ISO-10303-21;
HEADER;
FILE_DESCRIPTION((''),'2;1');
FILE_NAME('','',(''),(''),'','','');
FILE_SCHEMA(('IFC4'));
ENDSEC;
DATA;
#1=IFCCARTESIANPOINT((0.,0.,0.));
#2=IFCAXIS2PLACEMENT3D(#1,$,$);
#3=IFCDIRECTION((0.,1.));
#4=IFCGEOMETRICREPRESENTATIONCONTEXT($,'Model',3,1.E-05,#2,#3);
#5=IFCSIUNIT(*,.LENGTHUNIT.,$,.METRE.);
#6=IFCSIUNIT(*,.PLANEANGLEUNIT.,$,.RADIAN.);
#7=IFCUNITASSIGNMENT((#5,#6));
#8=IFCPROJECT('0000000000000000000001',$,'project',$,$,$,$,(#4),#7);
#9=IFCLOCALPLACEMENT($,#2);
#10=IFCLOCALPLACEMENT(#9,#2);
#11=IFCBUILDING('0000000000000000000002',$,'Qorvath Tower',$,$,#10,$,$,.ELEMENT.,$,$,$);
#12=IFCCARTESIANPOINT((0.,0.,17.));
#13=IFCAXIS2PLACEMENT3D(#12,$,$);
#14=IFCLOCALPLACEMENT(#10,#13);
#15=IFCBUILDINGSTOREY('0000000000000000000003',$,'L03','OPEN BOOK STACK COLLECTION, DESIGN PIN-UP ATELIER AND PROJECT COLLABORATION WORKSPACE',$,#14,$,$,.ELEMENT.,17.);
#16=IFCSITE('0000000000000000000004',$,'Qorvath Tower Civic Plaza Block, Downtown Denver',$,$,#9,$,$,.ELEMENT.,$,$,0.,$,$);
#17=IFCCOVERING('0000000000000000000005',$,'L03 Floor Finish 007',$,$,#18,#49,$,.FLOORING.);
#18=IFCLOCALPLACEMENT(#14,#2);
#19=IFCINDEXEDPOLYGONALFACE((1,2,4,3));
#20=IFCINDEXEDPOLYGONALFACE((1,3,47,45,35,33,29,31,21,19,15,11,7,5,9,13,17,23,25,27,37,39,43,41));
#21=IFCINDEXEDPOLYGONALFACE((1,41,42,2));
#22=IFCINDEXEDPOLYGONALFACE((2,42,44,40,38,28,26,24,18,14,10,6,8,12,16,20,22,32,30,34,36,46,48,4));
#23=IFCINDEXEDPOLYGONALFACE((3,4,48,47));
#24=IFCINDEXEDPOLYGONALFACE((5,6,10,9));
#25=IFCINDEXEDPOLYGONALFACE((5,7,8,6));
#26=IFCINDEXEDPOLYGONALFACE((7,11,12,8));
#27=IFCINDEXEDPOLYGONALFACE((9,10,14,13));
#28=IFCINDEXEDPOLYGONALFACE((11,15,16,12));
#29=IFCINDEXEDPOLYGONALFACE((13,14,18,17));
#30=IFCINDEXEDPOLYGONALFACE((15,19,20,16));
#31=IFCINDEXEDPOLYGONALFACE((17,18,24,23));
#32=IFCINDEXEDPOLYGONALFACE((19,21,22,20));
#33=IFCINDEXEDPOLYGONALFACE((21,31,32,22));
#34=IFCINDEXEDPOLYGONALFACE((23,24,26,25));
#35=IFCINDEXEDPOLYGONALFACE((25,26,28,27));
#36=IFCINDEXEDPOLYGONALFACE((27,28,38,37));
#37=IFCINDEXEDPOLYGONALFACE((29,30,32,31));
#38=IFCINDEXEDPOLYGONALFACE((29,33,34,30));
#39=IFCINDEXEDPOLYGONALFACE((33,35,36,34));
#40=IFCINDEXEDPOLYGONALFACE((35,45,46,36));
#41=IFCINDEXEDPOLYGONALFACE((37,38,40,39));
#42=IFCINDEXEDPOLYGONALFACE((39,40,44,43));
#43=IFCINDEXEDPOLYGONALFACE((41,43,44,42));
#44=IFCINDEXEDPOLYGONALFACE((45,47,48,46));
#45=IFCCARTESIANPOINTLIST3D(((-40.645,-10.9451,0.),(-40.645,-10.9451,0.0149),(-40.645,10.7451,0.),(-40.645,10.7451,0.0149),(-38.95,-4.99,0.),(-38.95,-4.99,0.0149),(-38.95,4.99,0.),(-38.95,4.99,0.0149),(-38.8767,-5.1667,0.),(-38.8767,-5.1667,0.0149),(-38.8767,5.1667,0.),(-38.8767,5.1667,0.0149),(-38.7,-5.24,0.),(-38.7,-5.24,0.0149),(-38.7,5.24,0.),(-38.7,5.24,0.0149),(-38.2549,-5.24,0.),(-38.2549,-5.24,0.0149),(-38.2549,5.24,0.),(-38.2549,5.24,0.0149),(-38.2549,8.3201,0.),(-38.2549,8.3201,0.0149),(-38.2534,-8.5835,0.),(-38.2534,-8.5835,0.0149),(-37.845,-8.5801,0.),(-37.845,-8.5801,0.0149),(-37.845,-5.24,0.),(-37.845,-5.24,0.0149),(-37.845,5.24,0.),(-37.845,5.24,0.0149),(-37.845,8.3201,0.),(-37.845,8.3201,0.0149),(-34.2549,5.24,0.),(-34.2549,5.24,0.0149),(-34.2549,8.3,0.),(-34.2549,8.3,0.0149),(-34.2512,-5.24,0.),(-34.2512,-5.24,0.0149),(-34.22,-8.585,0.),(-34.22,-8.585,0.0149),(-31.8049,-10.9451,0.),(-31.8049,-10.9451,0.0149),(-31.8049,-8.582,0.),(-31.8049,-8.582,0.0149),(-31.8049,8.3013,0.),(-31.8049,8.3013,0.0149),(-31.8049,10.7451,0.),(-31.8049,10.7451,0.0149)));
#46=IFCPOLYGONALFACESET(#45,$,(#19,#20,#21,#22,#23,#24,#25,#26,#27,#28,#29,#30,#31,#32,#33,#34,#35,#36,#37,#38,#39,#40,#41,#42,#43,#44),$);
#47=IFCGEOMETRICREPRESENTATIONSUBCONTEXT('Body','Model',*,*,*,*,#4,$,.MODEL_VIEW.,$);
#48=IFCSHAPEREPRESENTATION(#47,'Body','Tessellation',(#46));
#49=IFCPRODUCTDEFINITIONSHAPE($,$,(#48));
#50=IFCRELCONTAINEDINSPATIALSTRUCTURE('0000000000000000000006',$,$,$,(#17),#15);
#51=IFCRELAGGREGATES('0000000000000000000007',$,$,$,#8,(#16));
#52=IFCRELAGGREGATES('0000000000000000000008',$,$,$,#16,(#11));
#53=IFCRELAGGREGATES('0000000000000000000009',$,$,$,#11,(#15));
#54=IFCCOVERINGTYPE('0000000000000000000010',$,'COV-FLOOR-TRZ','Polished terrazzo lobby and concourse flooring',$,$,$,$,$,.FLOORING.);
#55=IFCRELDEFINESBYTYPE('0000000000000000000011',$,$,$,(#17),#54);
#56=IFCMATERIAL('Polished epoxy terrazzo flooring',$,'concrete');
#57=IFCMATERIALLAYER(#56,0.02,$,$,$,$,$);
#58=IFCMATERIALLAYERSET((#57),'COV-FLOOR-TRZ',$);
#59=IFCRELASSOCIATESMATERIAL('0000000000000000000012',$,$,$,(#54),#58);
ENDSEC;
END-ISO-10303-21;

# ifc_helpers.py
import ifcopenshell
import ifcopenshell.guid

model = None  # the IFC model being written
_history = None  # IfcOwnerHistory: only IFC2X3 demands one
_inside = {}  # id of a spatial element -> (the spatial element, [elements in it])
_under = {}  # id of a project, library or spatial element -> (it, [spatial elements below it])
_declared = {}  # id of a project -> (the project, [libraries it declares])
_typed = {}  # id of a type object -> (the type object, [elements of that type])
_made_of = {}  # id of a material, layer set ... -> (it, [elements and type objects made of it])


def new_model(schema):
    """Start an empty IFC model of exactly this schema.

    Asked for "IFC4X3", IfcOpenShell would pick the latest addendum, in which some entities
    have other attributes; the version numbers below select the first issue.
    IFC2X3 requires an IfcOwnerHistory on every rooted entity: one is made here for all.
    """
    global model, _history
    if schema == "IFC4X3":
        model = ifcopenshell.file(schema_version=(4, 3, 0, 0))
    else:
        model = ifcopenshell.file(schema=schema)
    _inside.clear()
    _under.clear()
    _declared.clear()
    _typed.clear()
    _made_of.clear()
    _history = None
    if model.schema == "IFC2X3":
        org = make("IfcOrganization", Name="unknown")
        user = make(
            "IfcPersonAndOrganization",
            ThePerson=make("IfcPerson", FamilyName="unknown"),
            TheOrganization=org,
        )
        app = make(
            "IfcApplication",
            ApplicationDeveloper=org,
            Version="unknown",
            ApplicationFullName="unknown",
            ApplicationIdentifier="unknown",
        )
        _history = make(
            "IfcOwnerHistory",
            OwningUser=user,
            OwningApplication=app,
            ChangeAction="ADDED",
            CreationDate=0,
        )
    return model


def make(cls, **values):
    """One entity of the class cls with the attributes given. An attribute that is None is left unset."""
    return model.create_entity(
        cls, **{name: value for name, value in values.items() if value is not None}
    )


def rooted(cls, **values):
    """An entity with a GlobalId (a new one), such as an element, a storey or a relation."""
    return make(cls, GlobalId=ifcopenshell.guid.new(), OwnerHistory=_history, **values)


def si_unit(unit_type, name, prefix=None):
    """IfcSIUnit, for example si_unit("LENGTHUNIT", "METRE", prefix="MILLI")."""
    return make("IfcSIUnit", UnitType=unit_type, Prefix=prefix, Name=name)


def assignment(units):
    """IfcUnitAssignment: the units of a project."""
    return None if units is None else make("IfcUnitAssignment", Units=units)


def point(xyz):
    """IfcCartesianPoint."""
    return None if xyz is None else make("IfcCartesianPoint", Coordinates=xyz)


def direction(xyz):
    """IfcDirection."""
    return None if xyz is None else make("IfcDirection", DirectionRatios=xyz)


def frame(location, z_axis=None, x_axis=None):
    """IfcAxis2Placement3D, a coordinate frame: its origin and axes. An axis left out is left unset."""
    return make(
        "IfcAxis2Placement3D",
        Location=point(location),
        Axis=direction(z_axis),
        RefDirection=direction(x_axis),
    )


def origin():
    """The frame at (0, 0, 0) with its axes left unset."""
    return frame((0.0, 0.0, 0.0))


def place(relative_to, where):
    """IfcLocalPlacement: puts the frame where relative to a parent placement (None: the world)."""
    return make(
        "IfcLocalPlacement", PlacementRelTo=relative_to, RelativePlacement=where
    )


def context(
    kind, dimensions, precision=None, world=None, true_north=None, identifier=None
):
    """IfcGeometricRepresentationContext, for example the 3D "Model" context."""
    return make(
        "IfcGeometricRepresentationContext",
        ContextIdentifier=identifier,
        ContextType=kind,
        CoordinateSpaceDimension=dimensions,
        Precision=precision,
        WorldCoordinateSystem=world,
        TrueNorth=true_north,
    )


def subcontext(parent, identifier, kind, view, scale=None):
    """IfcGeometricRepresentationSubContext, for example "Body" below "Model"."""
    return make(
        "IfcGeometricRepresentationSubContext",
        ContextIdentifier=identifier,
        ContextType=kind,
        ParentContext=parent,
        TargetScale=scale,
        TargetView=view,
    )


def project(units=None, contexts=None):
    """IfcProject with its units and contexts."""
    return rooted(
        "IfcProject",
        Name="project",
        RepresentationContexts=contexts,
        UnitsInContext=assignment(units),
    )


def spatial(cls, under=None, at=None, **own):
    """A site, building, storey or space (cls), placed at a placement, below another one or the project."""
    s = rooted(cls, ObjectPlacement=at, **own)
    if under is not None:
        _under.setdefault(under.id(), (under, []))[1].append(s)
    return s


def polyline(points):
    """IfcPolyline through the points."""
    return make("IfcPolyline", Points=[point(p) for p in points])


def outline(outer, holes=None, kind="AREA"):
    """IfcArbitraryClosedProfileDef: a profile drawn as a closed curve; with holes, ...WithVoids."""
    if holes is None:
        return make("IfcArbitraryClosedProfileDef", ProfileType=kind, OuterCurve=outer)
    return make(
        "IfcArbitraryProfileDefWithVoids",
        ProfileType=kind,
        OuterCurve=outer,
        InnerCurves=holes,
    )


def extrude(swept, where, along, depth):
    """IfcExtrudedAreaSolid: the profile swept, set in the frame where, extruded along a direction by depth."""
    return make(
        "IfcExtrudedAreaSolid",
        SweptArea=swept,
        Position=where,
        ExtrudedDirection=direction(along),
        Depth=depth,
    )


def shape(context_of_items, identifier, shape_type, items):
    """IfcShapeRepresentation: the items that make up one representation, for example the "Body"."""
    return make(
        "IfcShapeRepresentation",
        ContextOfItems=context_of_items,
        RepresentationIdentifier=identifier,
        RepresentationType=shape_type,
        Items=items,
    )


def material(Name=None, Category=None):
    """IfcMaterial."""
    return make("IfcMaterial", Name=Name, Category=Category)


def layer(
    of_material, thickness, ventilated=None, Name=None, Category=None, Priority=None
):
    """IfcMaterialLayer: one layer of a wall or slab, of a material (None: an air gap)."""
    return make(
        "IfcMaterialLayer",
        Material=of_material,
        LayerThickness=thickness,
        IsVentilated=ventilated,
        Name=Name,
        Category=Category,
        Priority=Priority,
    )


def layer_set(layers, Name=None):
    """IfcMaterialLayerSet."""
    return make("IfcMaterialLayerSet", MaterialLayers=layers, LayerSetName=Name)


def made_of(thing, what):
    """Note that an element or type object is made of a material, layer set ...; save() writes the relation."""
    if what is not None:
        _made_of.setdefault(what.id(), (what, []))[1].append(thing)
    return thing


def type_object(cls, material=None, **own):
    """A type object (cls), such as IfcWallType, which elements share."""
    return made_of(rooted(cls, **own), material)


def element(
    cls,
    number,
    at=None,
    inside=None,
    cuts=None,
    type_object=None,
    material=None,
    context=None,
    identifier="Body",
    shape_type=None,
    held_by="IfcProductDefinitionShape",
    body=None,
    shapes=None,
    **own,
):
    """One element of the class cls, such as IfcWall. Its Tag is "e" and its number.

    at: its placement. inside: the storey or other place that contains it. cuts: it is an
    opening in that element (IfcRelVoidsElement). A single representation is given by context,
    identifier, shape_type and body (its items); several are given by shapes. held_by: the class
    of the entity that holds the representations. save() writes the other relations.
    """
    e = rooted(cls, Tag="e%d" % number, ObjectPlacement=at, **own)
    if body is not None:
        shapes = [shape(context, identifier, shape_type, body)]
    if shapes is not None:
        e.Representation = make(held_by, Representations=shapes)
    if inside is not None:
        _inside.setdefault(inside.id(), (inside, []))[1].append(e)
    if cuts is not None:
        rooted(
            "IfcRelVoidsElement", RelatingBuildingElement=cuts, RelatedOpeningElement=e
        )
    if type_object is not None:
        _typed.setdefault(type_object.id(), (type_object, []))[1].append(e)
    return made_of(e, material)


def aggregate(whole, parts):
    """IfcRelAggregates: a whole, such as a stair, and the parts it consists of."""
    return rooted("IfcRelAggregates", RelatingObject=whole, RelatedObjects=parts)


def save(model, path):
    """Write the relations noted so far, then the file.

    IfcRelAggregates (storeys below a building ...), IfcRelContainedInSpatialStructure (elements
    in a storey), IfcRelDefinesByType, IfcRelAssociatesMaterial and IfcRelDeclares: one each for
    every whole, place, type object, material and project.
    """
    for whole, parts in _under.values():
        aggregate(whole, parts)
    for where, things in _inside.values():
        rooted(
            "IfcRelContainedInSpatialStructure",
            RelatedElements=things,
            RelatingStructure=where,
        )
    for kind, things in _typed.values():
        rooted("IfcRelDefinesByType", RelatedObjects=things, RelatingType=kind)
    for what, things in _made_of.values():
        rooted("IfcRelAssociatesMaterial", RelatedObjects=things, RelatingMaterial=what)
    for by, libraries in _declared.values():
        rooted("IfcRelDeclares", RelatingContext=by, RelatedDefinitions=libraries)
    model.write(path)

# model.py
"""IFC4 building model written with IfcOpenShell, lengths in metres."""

from ifc_helpers import new_model, si_unit, direction, frame, origin, place, context, subcontext, project, spatial, polyline, outline, extrude, material, layer, layer_set, type_object, element, save


model = new_model("IFC4")

# Units and contexts
model_context = context("Model", 3, precision=1e-05, world=origin(), true_north=direction((0.0, 1.0)))
body_context = subcontext(model_context, "Body", "Model", "MODEL_VIEW")
ifc_project = project(units=[si_unit("LENGTHUNIT", "METRE"), si_unit("PLANEANGLEUNIT", "RADIAN")], contexts=[model_context])

# Site, building, storey
site_placement = place(None, origin())
site = spatial("IfcSite", under=ifc_project, at=site_placement, Name="Qorvath Tower Civic Plaza Block, Downtown Denver", CompositionType="ELEMENT", RefElevation=0.0)
building_placement = place(site_placement, origin())
building = spatial("IfcBuilding", under=site, at=building_placement, Name="Qorvath Tower", CompositionType="ELEMENT")
storey_placement = place(building_placement, frame((0.0, 0.0, 17.0)))
storey = spatial("IfcBuildingStorey", under=building, at=storey_placement, Name="L03", Description="OPEN BOOK STACK COLLECTION, DESIGN PIN-UP ATELIER AND PROJECT COLLABORATION WORKSPACE", CompositionType="ELEMENT", Elevation=17.0)

# Covering
ifc_material_1 = material(Name="Polished epoxy terrazzo flooring", Category="concrete")
ifc_layer_1 = layer(ifc_material_1, 0.02)
ifc_layer_set_1 = layer_set([ifc_layer_1], Name="COV-FLOOR-TRZ")
covering_type_1 = type_object("IfcCoveringType", Name="COV-FLOOR-TRZ", Description="Polished terrazzo lobby and concourse flooring", PredefinedType="FLOORING", material=ifc_layer_set_1)
covering_1_placement = place(storey_placement, origin())
element("IfcCovering", 1, at=covering_1_placement, inside=storey, type_object=covering_type_1, Name="L03 Floor Finish 007", PredefinedType="FLOORING", context=body_context, shape_type="SweptSolid", body=[
    extrude(outline(polyline([(-31.8049, -10.9451), (-31.8049, -8.582), (-34.22, -8.585), (-34.2512, -5.24), (-37.845, -5.24), (-37.845, -8.5801), (-38.2534, -8.5835), (-38.2549, -5.24), (-38.7, -5.24), (-38.8767, -5.1667), (-38.95, -4.99), (-38.95, 4.99), (-38.8767, 5.1667), (-38.7, 5.24), (-38.2549, 5.24), (-38.2549, 8.3201), (-37.845, 8.3201), (-37.845, 5.24), (-34.2549, 5.24), (-34.2549, 8.3), (-31.8049, 8.3013), (-31.8049, 10.7451), (-40.645, 10.7451), (-40.645, -10.9451), (-31.8049, -10.9451)])), origin(), (0.0, 0.0, 1.0), 0.0149),
])

save(model, "model.ifc")
